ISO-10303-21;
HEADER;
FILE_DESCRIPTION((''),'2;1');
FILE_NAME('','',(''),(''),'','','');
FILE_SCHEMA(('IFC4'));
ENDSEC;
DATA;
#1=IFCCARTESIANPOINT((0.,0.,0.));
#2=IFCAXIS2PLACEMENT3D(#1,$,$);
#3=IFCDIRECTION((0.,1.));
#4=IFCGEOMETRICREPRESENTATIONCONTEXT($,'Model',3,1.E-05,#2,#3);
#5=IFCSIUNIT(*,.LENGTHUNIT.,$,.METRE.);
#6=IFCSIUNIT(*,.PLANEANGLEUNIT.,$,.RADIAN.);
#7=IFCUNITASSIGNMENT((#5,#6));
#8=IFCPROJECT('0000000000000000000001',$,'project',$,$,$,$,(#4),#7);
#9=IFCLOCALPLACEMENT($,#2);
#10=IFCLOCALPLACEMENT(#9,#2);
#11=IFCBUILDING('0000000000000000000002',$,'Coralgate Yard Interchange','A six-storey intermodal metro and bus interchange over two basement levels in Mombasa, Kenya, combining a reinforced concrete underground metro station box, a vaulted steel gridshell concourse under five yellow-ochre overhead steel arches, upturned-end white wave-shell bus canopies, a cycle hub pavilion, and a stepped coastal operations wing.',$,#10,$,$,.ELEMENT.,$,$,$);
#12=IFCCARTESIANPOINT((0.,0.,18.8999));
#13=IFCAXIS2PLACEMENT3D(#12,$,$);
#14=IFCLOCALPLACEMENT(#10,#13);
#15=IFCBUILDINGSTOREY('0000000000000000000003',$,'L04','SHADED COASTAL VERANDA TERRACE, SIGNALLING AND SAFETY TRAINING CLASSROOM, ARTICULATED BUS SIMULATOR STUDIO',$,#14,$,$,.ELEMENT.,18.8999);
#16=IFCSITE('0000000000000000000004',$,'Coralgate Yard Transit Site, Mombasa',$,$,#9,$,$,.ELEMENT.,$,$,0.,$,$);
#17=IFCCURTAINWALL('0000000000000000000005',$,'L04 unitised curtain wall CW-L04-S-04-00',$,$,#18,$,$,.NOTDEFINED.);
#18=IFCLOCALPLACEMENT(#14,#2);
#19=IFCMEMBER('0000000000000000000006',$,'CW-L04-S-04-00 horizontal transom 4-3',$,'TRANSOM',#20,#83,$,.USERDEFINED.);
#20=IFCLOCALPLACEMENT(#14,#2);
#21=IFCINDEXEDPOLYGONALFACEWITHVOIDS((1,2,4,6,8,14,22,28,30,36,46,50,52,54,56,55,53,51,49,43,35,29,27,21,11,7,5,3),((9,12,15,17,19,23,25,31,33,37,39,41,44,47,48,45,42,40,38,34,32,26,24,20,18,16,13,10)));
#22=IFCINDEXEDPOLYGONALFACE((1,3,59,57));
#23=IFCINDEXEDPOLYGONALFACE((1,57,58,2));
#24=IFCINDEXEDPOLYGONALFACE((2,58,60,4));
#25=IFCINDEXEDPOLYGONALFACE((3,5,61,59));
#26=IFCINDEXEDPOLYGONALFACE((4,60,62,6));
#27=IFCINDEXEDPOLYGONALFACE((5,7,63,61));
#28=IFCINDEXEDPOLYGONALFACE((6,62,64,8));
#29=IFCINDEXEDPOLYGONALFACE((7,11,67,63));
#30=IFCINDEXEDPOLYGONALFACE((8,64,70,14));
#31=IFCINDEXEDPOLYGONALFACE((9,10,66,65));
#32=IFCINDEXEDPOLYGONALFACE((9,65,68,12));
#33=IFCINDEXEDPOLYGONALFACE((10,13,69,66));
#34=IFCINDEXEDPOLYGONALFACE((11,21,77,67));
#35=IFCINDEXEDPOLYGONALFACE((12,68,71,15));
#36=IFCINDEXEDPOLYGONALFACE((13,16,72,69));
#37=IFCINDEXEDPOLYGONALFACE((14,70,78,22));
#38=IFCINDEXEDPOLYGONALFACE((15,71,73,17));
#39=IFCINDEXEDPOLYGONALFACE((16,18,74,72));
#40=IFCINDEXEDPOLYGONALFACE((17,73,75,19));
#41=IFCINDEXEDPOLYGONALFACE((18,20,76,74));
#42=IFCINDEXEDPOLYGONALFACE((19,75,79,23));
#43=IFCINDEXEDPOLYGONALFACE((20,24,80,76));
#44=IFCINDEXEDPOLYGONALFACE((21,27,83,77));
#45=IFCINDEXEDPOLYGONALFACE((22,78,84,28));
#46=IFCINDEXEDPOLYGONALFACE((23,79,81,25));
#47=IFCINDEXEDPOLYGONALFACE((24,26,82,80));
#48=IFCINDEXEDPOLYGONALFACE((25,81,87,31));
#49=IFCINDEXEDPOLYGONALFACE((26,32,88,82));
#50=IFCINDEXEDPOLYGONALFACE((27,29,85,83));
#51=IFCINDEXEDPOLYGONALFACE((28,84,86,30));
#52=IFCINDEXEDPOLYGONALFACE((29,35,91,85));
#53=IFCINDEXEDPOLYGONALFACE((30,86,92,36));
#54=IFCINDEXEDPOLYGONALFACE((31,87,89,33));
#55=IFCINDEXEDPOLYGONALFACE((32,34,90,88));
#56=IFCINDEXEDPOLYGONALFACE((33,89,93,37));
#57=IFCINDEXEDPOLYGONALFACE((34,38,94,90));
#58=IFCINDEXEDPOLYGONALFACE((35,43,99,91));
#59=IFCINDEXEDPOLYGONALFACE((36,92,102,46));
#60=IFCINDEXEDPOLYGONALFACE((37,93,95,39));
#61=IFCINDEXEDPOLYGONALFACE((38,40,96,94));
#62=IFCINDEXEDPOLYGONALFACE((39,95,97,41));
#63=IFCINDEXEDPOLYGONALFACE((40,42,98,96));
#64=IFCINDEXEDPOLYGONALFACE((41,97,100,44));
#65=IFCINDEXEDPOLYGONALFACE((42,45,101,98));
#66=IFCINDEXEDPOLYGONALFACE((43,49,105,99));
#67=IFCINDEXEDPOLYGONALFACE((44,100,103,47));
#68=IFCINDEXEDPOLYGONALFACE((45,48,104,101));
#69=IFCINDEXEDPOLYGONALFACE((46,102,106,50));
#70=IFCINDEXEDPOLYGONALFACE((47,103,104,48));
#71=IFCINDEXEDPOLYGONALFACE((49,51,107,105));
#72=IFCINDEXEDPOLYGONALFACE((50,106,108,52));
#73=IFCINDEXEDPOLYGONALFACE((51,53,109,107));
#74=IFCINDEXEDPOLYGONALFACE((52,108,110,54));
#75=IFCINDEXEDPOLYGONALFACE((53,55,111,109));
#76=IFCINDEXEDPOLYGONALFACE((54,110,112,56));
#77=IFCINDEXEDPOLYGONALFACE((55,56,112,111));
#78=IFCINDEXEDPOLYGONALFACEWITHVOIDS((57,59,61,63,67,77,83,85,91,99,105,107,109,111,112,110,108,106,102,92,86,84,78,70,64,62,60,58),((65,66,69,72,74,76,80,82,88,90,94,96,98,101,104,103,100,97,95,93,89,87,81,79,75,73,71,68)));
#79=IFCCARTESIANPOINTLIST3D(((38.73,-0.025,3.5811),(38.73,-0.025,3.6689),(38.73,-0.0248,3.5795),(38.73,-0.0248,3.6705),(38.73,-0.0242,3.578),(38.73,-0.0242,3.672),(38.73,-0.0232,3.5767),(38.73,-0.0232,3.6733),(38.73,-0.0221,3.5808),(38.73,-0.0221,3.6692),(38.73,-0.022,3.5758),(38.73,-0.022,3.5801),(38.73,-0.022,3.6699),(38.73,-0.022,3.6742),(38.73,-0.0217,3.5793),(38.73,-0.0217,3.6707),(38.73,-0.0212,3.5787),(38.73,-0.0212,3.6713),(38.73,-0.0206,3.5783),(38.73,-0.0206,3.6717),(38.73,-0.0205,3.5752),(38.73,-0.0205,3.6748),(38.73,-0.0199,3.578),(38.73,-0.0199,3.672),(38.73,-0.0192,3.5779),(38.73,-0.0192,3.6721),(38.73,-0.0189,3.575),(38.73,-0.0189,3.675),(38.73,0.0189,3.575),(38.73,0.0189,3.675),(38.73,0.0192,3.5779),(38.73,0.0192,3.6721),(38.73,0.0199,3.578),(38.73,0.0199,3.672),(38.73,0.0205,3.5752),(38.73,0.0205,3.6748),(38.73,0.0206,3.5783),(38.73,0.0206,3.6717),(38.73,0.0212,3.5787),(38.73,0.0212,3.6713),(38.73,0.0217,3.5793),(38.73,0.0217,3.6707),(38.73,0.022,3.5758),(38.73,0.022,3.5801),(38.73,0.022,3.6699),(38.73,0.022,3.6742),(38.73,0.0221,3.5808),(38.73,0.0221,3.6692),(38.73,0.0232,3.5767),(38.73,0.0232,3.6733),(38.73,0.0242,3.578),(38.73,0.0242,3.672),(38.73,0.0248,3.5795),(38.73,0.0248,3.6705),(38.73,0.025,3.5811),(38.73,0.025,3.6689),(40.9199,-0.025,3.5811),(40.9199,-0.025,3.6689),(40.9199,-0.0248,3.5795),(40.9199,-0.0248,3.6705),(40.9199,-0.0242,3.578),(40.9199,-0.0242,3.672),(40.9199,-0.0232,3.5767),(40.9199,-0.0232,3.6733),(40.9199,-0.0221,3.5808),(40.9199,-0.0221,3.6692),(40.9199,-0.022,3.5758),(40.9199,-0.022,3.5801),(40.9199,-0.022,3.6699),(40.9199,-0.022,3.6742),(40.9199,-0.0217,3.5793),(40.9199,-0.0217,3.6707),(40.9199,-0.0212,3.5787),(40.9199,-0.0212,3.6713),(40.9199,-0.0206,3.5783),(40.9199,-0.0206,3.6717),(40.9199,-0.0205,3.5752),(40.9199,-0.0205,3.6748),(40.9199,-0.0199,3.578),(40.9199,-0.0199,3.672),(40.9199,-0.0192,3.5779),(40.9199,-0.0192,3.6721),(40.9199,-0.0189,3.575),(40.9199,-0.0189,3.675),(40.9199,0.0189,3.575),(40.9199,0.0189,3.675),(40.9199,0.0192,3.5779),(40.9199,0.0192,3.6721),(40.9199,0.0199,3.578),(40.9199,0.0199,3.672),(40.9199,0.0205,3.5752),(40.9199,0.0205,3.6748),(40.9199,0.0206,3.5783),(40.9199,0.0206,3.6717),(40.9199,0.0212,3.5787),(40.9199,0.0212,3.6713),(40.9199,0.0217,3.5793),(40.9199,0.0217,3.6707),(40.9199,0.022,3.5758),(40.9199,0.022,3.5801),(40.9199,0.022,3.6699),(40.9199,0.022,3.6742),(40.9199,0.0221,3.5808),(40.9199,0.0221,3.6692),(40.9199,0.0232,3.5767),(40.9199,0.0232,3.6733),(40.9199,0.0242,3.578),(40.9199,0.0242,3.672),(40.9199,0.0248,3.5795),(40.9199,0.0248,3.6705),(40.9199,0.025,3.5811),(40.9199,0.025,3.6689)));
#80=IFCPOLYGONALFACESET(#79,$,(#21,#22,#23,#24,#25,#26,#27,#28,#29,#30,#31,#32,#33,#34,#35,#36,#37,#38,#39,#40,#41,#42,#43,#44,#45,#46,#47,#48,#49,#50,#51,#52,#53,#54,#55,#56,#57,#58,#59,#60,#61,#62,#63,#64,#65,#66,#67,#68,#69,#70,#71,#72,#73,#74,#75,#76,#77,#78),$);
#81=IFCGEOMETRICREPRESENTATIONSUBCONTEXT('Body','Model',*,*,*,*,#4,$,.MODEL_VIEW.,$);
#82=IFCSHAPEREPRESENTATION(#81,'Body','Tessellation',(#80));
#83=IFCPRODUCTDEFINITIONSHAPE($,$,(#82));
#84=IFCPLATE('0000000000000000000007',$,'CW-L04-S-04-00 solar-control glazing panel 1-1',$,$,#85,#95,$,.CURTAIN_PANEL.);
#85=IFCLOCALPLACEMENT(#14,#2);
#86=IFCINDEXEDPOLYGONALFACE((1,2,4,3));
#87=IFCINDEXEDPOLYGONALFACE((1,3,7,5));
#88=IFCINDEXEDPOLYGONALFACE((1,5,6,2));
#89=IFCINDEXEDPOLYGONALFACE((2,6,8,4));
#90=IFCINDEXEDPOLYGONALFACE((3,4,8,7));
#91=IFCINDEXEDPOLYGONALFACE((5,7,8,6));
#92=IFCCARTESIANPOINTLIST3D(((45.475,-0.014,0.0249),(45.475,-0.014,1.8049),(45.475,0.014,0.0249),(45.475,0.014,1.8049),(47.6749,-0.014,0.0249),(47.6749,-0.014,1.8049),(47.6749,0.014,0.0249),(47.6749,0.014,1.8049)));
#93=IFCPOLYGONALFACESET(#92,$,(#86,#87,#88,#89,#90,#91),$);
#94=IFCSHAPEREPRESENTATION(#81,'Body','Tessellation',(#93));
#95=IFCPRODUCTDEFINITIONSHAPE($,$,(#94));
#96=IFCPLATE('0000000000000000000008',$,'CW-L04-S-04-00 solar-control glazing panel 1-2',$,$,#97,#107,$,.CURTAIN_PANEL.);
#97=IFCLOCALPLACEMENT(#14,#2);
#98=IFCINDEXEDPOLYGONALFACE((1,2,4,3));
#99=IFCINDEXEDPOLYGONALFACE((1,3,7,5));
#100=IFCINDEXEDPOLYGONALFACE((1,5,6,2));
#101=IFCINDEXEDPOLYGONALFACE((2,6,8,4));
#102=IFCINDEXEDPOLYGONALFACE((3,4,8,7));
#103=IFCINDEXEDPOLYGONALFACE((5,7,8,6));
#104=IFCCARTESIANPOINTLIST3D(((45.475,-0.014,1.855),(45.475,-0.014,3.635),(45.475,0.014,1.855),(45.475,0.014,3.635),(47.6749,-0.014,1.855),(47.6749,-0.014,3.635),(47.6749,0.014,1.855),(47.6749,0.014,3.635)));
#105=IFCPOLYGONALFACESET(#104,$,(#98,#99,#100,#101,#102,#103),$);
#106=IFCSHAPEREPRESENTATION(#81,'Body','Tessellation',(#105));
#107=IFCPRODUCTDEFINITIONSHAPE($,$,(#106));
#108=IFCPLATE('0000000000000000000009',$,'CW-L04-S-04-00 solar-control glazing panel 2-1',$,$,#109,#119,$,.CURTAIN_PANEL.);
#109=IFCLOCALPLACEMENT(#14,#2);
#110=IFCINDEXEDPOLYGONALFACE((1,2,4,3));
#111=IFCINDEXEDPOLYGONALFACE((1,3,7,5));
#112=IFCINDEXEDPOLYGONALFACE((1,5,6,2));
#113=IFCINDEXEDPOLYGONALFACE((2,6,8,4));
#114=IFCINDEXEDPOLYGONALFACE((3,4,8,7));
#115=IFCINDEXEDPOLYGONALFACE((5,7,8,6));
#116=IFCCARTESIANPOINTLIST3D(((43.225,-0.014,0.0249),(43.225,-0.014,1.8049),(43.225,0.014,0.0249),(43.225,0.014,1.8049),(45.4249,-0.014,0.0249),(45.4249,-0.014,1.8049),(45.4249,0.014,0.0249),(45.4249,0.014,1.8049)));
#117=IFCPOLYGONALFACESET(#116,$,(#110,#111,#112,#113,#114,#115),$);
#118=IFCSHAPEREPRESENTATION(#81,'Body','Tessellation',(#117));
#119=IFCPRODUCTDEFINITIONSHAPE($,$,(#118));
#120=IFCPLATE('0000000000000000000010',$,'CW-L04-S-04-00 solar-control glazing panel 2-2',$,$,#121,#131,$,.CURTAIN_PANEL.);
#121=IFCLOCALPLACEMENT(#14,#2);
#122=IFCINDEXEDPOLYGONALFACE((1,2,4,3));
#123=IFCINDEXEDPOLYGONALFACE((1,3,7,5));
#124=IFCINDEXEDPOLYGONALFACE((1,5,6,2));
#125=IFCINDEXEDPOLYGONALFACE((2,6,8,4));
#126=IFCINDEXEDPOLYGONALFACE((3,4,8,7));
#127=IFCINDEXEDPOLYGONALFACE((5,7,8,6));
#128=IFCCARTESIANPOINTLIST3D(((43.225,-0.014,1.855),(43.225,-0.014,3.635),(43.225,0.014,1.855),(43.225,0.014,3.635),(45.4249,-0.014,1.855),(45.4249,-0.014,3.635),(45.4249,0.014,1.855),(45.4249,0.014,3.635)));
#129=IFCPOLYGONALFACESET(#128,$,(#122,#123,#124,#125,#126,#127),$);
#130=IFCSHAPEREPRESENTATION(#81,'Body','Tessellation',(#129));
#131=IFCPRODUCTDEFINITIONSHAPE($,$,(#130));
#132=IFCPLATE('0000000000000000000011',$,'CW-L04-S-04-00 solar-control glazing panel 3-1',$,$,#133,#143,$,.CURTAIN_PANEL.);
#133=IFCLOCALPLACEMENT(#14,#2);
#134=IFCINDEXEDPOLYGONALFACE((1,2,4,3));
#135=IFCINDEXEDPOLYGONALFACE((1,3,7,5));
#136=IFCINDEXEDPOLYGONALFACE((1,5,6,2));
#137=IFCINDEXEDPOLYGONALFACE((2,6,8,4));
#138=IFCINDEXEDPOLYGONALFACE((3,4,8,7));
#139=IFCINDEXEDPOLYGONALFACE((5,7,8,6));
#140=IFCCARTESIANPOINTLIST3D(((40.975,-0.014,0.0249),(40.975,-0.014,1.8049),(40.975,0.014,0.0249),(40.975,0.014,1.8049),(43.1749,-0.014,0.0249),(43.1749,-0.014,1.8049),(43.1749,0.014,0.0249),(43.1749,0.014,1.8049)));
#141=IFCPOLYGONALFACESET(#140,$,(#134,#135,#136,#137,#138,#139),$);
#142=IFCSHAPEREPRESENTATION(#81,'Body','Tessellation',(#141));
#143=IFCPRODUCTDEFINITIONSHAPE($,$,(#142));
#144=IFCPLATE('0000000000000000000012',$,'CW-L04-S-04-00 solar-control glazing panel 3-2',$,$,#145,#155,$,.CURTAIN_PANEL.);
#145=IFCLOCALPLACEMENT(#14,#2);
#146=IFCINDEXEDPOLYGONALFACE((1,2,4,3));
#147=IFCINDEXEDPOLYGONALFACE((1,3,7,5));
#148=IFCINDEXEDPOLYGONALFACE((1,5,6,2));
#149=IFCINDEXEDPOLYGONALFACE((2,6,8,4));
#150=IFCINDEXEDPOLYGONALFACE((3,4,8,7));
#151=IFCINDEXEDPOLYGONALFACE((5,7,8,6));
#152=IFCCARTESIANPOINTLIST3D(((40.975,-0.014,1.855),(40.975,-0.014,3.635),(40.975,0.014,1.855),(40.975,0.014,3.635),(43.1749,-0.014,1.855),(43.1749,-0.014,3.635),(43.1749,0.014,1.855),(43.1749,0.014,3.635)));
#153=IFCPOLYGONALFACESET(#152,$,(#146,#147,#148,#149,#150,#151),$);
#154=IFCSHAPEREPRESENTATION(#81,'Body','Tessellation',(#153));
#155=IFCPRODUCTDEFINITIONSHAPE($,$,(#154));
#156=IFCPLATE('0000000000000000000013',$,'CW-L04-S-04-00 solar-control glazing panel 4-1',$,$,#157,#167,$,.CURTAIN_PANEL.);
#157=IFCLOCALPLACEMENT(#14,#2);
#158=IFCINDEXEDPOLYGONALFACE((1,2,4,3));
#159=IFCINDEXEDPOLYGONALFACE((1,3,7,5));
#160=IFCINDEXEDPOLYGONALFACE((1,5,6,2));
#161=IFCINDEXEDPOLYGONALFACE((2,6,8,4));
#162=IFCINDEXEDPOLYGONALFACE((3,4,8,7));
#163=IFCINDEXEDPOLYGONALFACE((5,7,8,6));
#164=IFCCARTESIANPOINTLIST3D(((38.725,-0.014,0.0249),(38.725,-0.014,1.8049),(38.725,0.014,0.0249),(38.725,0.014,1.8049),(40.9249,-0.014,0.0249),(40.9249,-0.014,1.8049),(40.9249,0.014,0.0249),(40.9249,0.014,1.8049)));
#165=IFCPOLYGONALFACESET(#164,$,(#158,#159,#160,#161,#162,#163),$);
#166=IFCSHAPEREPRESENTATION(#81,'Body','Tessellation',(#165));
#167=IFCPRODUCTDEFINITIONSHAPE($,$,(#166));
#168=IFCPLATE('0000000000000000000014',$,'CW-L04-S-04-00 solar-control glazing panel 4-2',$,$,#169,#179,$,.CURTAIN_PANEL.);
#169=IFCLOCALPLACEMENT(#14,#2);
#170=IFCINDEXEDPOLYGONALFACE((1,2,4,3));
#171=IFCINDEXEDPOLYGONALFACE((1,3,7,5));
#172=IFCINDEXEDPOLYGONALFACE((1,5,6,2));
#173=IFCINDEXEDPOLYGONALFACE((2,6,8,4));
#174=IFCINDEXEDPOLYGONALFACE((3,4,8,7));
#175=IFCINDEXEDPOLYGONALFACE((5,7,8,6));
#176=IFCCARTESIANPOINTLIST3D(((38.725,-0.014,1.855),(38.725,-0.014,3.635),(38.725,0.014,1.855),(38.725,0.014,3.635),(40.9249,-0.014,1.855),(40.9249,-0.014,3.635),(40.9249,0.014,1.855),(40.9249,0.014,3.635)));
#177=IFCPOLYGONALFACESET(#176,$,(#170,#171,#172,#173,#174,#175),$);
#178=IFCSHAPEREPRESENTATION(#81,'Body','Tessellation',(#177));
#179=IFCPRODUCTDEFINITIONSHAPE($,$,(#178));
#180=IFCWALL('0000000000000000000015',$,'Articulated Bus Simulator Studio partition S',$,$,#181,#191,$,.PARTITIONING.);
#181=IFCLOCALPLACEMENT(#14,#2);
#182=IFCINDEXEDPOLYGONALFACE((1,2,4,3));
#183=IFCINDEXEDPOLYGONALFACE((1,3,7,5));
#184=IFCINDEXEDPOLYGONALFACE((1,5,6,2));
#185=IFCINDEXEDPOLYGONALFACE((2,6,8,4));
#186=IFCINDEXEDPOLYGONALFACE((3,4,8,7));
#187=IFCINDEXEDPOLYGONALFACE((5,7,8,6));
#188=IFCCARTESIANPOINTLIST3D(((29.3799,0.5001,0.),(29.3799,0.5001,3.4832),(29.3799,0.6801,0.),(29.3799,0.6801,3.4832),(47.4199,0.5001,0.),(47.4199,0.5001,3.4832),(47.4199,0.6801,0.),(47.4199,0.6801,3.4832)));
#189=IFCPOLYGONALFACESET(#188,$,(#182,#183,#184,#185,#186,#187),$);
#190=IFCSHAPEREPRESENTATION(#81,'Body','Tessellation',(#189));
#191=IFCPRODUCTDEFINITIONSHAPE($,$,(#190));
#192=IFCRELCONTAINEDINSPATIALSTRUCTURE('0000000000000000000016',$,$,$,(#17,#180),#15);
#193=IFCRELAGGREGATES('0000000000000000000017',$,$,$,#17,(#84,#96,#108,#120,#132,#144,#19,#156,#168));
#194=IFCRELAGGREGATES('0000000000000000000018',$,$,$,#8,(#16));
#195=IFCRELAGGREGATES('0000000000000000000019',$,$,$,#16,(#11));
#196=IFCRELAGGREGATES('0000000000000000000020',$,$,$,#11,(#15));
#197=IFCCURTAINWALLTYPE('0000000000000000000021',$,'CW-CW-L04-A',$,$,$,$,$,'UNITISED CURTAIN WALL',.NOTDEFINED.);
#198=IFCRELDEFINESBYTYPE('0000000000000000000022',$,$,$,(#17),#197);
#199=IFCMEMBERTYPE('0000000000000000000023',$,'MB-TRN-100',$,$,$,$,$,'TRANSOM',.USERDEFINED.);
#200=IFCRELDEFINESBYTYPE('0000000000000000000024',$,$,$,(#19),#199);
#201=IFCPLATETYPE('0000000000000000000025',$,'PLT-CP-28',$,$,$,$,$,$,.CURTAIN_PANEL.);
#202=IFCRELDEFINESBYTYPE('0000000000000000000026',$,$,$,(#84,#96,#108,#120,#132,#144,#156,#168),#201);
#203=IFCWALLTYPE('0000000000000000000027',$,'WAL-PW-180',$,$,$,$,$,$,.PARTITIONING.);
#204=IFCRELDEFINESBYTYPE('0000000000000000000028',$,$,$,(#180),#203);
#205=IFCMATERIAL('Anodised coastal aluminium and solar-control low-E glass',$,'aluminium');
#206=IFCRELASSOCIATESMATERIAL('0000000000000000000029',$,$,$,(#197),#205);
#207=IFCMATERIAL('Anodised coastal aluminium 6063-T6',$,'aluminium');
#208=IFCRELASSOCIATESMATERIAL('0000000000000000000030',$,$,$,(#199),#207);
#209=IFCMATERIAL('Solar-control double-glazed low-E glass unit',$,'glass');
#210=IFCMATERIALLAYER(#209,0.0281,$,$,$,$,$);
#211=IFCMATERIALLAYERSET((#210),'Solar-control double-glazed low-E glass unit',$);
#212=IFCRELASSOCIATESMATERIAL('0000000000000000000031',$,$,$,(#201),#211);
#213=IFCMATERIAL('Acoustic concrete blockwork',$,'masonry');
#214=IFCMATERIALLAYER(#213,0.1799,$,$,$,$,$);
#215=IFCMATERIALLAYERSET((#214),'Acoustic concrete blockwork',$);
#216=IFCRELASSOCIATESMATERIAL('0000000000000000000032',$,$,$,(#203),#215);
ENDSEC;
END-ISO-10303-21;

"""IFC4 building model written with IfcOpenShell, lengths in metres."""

from ifc_helpers import new_model, si_unit, direction, frame, frame_2d, origin, origin_2d, place, context, subcontext, project, spatial, rectangle, hollow_rectangle, extrude, material, layer, layer_set, material_profile, profile_set, type_object, element, aggregate, save


model = new_model("IFC4")

# Units and contexts
model_context = context("Model", 3, precision=1e-05, world=origin(), true_north=direction((0.0, 1.0)))
body_context = subcontext(model_context, "Body", "Model", "MODEL_VIEW")
ifc_project = project(units=[si_unit("LENGTHUNIT", "METRE"), si_unit("PLANEANGLEUNIT", "RADIAN")], contexts=[model_context])

# Site, building, storey
site_placement = place(None, origin())
site = spatial("IfcSite", under=ifc_project, at=site_placement, Name="Coralgate Yard Transit Site, Mombasa", CompositionType="ELEMENT", RefElevation=0.0)
building_placement = place(site_placement, origin())
building = spatial("IfcBuilding", under=site, at=building_placement, Name="Coralgate Yard Interchange", Description="A six-storey intermodal metro and bus interchange over two basement levels in Mombasa, Kenya, combining a reinforced concrete underground metro station box, a vaulted steel gridshell concourse under five yellow-ochre overhead steel arches, upturned-end white wave-shell bus canopies, a cycle hub pavilion, and a stepped coastal operations wing.", CompositionType="ELEMENT")
storey_placement = place(building_placement, frame((0.0, 0.0, 18.8999)))
storey = spatial("IfcBuildingStorey", under=building, at=storey_placement, Name="L04", Description="SHADED COASTAL VERANDA TERRACE, SIGNALLING AND SAFETY TRAINING CLASSROOM, ARTICULATED BUS SIMULATOR STUDIO", CompositionType="ELEMENT", Elevation=18.8999)

# Curtain wall, member, plates
ifc_material_1 = material(Name="Anodised coastal aluminium and solar-control low-E glass", Category="aluminium")
curtain_wall_type = type_object("IfcCurtainWallType", Name="CW-CW-L04-A", ElementType="UNITISED CURTAIN WALL", PredefinedType="NOTDEFINED", material=ifc_material_1)
curtain_wall_placement = place(storey_placement, origin())
curtain_wall = element("IfcCurtainWall", 1, at=curtain_wall_placement, inside=storey, type_object=curtain_wall_type, Name="L04 unitised curtain wall CW-L04-S-04-00", PredefinedType="NOTDEFINED")
ifc_material_2 = material(Name="Anodised coastal aluminium 6063-T6", Category="aluminium")
ifc_material_profile_1 = material_profile(ifc_material_2, hollow_rectangle(XDim=0.05, YDim=0.1001, WallThickness=0.0029, InnerFilletRadius=0.0029, OuterFilletRadius=0.0061, at=origin_2d()), Name="ALU 50x100x3")
ifc_profile_set_1 = profile_set([ifc_material_profile_1], Name="Anodised coastal aluminium 6063-T6")
member_type_1 = type_object("IfcMemberType", Name="MB-TRN-100", ElementType="TRANSOM", PredefinedType="USERDEFINED", material=ifc_profile_set_1)
member_1_placement = place(storey_placement, frame((40.9199, 0.0, 3.625), z_axis=(-1.0, 0.0, 0.0), x_axis=(0.0, -1.0, 0.0)))
member_1 = element("IfcMember", 2, at=member_1_placement, type_object=member_type_1, Name="CW-L04-S-04-00 horizontal transom 4-3", ObjectType="TRANSOM", PredefinedType="USERDEFINED", context=body_context, shape_type="SweptSolid", body=[
    extrude(hollow_rectangle(XDim=0.05, YDim=0.1001, WallThickness=0.0029, InnerFilletRadius=0.0029, OuterFilletRadius=0.0061, at=origin_2d()), origin(), (0.0, 0.0, 1.0), 2.1899),
])
ifc_material_3 = material(Name="Solar-control double-glazed low-E glass unit", Category="glass")
ifc_layer_1 = layer(ifc_material_3, 0.0281)
ifc_layer_set_1 = layer_set([ifc_layer_1], Name="Solar-control double-glazed low-E glass unit")
plate_type = type_object("IfcPlateType", Name="PLT-CP-28", PredefinedType="CURTAIN_PANEL", material=ifc_layer_set_1)
plate_1_placement = place(storey_placement, frame((46.575, 0.0, 0.0249), z_axis=(0.0, 0.0, 1.0), x_axis=(-1.0, 0.0, 0.0)))
plate_1 = element("IfcPlate", 3, at=plate_1_placement, type_object=plate_type, Name="CW-L04-S-04-00 solar-control glazing panel 1-1", PredefinedType="CURTAIN_PANEL", context=body_context, shape_type="SweptSolid", body=[
    extrude(rectangle(XDim=2.2, YDim=0.0281, at=origin_2d()), origin(), (0.0, 0.0, 1.0), 1.78),
])
plate_2_placement = place(storey_placement, frame((46.575, 0.0, 1.855), z_axis=(0.0, 0.0, 1.0), x_axis=(-1.0, 0.0, 0.0)))
plate_2 = element("IfcPlate", 4, at=plate_2_placement, type_object=plate_type, Name="CW-L04-S-04-00 solar-control glazing panel 1-2", PredefinedType="CURTAIN_PANEL", context=body_context, shape_type="SweptSolid", body=[
    extrude(rectangle(XDim=2.2, YDim=0.0281, at=origin_2d()), origin(), (0.0, 0.0, 1.0), 1.78),
])
plate_3_placement = place(storey_placement, frame((44.325, 0.0, 0.0249), z_axis=(0.0, 0.0, 1.0), x_axis=(-1.0, 0.0, 0.0)))
plate_3 = element("IfcPlate", 5, at=plate_3_placement, type_object=plate_type, Name="CW-L04-S-04-00 solar-control glazing panel 2-1", PredefinedType="CURTAIN_PANEL", context=body_context, shape_type="SweptSolid", body=[
    extrude(rectangle(XDim=2.2, YDim=0.0281, at=origin_2d()), origin(), (0.0, 0.0, 1.0), 1.78),
])
plate_4_placement = place(storey_placement, frame((44.325, 0.0, 1.855), z_axis=(0.0, 0.0, 1.0), x_axis=(-1.0, 0.0, 0.0)))
plate_4 = element("IfcPlate", 6, at=plate_4_placement, type_object=plate_type, Name="CW-L04-S-04-00 solar-control glazing panel 2-2", PredefinedType="CURTAIN_PANEL", context=body_context, shape_type="SweptSolid", body=[
    extrude(rectangle(XDim=2.2, YDim=0.0281, at=origin_2d()), origin(), (0.0, 0.0, 1.0), 1.78),
])
plate_5_placement = place(storey_placement, frame((42.075, 0.0, 0.0249), z_axis=(0.0, 0.0, 1.0), x_axis=(-1.0, 0.0, 0.0)))
plate_5 = element("IfcPlate", 7, at=plate_5_placement, type_object=plate_type, Name="CW-L04-S-04-00 solar-control glazing panel 3-1", PredefinedType="CURTAIN_PANEL", context=body_context, shape_type="SweptSolid", body=[
    extrude(rectangle(XDim=2.2, YDim=0.0281, at=origin_2d()), origin(), (0.0, 0.0, 1.0), 1.78),
])
plate_6_placement = place(storey_placement, frame((42.075, 0.0, 1.855), z_axis=(0.0, 0.0, 1.0), x_axis=(-1.0, 0.0, 0.0)))
plate_6 = element("IfcPlate", 8, at=plate_6_placement, type_object=plate_type, Name="CW-L04-S-04-00 solar-control glazing panel 3-2", PredefinedType="CURTAIN_PANEL", context=body_context, shape_type="SweptSolid", body=[
    extrude(rectangle(XDim=2.2, YDim=0.0281, at=origin_2d()), origin(), (0.0, 0.0, 1.0), 1.78),
])
plate_7_placement = place(storey_placement, frame((39.825, 0.0, 0.0249), z_axis=(0.0, 0.0, 1.0), x_axis=(-1.0, 0.0, 0.0)))
plate_7 = element("IfcPlate", 9, at=plate_7_placement, type_object=plate_type, Name="CW-L04-S-04-00 solar-control glazing panel 4-1", PredefinedType="CURTAIN_PANEL", context=body_context, shape_type="SweptSolid", body=[
    extrude(rectangle(XDim=2.2, YDim=0.0281, at=origin_2d()), origin(), (0.0, 0.0, 1.0), 1.78),
])
plate_8_placement = place(storey_placement, frame((39.825, 0.0, 1.855), z_axis=(0.0, 0.0, 1.0), x_axis=(-1.0, 0.0, 0.0)))
plate_8 = element("IfcPlate", 10, at=plate_8_placement, type_object=plate_type, Name="CW-L04-S-04-00 solar-control glazing panel 4-2", PredefinedType="CURTAIN_PANEL", context=body_context, shape_type="SweptSolid", body=[
    extrude(rectangle(XDim=2.2, YDim=0.0281, at=origin_2d()), origin(), (0.0, 0.0, 1.0), 1.78),
])
aggregate(curtain_wall, [plate_1, plate_2, plate_3, plate_4, plate_5, plate_6, member_1, plate_7, plate_8])

# Wall
ifc_material_4 = material(Name="Acoustic concrete blockwork", Category="masonry")
ifc_layer_2 = layer(ifc_material_4, 0.1799)
ifc_layer_set_2 = layer_set([ifc_layer_2], Name="Acoustic concrete blockwork")
wall_type = type_object("IfcWallType", Name="WAL-PW-180", PredefinedType="PARTITIONING", material=ifc_layer_set_2)
wall_1_placement = place(storey_placement, frame((47.4199, 0.5901, 0.0), z_axis=(0.0, 0.0, 1.0), x_axis=(-1.0, 0.0, 0.0)))
element("IfcWall", 11, at=wall_1_placement, inside=storey, type_object=wall_type, Name="Articulated Bus Simulator Studio partition S", PredefinedType="PARTITIONING", context=body_context, shape_type="SweptSolid", body=[
    extrude(rectangle(XDim=18.04, YDim=0.1799, at=frame_2d((9.02, 0.0))), origin(), (0.0, 0.0, 1.0), 3.4832),
])

save(model, "model.ifc")
